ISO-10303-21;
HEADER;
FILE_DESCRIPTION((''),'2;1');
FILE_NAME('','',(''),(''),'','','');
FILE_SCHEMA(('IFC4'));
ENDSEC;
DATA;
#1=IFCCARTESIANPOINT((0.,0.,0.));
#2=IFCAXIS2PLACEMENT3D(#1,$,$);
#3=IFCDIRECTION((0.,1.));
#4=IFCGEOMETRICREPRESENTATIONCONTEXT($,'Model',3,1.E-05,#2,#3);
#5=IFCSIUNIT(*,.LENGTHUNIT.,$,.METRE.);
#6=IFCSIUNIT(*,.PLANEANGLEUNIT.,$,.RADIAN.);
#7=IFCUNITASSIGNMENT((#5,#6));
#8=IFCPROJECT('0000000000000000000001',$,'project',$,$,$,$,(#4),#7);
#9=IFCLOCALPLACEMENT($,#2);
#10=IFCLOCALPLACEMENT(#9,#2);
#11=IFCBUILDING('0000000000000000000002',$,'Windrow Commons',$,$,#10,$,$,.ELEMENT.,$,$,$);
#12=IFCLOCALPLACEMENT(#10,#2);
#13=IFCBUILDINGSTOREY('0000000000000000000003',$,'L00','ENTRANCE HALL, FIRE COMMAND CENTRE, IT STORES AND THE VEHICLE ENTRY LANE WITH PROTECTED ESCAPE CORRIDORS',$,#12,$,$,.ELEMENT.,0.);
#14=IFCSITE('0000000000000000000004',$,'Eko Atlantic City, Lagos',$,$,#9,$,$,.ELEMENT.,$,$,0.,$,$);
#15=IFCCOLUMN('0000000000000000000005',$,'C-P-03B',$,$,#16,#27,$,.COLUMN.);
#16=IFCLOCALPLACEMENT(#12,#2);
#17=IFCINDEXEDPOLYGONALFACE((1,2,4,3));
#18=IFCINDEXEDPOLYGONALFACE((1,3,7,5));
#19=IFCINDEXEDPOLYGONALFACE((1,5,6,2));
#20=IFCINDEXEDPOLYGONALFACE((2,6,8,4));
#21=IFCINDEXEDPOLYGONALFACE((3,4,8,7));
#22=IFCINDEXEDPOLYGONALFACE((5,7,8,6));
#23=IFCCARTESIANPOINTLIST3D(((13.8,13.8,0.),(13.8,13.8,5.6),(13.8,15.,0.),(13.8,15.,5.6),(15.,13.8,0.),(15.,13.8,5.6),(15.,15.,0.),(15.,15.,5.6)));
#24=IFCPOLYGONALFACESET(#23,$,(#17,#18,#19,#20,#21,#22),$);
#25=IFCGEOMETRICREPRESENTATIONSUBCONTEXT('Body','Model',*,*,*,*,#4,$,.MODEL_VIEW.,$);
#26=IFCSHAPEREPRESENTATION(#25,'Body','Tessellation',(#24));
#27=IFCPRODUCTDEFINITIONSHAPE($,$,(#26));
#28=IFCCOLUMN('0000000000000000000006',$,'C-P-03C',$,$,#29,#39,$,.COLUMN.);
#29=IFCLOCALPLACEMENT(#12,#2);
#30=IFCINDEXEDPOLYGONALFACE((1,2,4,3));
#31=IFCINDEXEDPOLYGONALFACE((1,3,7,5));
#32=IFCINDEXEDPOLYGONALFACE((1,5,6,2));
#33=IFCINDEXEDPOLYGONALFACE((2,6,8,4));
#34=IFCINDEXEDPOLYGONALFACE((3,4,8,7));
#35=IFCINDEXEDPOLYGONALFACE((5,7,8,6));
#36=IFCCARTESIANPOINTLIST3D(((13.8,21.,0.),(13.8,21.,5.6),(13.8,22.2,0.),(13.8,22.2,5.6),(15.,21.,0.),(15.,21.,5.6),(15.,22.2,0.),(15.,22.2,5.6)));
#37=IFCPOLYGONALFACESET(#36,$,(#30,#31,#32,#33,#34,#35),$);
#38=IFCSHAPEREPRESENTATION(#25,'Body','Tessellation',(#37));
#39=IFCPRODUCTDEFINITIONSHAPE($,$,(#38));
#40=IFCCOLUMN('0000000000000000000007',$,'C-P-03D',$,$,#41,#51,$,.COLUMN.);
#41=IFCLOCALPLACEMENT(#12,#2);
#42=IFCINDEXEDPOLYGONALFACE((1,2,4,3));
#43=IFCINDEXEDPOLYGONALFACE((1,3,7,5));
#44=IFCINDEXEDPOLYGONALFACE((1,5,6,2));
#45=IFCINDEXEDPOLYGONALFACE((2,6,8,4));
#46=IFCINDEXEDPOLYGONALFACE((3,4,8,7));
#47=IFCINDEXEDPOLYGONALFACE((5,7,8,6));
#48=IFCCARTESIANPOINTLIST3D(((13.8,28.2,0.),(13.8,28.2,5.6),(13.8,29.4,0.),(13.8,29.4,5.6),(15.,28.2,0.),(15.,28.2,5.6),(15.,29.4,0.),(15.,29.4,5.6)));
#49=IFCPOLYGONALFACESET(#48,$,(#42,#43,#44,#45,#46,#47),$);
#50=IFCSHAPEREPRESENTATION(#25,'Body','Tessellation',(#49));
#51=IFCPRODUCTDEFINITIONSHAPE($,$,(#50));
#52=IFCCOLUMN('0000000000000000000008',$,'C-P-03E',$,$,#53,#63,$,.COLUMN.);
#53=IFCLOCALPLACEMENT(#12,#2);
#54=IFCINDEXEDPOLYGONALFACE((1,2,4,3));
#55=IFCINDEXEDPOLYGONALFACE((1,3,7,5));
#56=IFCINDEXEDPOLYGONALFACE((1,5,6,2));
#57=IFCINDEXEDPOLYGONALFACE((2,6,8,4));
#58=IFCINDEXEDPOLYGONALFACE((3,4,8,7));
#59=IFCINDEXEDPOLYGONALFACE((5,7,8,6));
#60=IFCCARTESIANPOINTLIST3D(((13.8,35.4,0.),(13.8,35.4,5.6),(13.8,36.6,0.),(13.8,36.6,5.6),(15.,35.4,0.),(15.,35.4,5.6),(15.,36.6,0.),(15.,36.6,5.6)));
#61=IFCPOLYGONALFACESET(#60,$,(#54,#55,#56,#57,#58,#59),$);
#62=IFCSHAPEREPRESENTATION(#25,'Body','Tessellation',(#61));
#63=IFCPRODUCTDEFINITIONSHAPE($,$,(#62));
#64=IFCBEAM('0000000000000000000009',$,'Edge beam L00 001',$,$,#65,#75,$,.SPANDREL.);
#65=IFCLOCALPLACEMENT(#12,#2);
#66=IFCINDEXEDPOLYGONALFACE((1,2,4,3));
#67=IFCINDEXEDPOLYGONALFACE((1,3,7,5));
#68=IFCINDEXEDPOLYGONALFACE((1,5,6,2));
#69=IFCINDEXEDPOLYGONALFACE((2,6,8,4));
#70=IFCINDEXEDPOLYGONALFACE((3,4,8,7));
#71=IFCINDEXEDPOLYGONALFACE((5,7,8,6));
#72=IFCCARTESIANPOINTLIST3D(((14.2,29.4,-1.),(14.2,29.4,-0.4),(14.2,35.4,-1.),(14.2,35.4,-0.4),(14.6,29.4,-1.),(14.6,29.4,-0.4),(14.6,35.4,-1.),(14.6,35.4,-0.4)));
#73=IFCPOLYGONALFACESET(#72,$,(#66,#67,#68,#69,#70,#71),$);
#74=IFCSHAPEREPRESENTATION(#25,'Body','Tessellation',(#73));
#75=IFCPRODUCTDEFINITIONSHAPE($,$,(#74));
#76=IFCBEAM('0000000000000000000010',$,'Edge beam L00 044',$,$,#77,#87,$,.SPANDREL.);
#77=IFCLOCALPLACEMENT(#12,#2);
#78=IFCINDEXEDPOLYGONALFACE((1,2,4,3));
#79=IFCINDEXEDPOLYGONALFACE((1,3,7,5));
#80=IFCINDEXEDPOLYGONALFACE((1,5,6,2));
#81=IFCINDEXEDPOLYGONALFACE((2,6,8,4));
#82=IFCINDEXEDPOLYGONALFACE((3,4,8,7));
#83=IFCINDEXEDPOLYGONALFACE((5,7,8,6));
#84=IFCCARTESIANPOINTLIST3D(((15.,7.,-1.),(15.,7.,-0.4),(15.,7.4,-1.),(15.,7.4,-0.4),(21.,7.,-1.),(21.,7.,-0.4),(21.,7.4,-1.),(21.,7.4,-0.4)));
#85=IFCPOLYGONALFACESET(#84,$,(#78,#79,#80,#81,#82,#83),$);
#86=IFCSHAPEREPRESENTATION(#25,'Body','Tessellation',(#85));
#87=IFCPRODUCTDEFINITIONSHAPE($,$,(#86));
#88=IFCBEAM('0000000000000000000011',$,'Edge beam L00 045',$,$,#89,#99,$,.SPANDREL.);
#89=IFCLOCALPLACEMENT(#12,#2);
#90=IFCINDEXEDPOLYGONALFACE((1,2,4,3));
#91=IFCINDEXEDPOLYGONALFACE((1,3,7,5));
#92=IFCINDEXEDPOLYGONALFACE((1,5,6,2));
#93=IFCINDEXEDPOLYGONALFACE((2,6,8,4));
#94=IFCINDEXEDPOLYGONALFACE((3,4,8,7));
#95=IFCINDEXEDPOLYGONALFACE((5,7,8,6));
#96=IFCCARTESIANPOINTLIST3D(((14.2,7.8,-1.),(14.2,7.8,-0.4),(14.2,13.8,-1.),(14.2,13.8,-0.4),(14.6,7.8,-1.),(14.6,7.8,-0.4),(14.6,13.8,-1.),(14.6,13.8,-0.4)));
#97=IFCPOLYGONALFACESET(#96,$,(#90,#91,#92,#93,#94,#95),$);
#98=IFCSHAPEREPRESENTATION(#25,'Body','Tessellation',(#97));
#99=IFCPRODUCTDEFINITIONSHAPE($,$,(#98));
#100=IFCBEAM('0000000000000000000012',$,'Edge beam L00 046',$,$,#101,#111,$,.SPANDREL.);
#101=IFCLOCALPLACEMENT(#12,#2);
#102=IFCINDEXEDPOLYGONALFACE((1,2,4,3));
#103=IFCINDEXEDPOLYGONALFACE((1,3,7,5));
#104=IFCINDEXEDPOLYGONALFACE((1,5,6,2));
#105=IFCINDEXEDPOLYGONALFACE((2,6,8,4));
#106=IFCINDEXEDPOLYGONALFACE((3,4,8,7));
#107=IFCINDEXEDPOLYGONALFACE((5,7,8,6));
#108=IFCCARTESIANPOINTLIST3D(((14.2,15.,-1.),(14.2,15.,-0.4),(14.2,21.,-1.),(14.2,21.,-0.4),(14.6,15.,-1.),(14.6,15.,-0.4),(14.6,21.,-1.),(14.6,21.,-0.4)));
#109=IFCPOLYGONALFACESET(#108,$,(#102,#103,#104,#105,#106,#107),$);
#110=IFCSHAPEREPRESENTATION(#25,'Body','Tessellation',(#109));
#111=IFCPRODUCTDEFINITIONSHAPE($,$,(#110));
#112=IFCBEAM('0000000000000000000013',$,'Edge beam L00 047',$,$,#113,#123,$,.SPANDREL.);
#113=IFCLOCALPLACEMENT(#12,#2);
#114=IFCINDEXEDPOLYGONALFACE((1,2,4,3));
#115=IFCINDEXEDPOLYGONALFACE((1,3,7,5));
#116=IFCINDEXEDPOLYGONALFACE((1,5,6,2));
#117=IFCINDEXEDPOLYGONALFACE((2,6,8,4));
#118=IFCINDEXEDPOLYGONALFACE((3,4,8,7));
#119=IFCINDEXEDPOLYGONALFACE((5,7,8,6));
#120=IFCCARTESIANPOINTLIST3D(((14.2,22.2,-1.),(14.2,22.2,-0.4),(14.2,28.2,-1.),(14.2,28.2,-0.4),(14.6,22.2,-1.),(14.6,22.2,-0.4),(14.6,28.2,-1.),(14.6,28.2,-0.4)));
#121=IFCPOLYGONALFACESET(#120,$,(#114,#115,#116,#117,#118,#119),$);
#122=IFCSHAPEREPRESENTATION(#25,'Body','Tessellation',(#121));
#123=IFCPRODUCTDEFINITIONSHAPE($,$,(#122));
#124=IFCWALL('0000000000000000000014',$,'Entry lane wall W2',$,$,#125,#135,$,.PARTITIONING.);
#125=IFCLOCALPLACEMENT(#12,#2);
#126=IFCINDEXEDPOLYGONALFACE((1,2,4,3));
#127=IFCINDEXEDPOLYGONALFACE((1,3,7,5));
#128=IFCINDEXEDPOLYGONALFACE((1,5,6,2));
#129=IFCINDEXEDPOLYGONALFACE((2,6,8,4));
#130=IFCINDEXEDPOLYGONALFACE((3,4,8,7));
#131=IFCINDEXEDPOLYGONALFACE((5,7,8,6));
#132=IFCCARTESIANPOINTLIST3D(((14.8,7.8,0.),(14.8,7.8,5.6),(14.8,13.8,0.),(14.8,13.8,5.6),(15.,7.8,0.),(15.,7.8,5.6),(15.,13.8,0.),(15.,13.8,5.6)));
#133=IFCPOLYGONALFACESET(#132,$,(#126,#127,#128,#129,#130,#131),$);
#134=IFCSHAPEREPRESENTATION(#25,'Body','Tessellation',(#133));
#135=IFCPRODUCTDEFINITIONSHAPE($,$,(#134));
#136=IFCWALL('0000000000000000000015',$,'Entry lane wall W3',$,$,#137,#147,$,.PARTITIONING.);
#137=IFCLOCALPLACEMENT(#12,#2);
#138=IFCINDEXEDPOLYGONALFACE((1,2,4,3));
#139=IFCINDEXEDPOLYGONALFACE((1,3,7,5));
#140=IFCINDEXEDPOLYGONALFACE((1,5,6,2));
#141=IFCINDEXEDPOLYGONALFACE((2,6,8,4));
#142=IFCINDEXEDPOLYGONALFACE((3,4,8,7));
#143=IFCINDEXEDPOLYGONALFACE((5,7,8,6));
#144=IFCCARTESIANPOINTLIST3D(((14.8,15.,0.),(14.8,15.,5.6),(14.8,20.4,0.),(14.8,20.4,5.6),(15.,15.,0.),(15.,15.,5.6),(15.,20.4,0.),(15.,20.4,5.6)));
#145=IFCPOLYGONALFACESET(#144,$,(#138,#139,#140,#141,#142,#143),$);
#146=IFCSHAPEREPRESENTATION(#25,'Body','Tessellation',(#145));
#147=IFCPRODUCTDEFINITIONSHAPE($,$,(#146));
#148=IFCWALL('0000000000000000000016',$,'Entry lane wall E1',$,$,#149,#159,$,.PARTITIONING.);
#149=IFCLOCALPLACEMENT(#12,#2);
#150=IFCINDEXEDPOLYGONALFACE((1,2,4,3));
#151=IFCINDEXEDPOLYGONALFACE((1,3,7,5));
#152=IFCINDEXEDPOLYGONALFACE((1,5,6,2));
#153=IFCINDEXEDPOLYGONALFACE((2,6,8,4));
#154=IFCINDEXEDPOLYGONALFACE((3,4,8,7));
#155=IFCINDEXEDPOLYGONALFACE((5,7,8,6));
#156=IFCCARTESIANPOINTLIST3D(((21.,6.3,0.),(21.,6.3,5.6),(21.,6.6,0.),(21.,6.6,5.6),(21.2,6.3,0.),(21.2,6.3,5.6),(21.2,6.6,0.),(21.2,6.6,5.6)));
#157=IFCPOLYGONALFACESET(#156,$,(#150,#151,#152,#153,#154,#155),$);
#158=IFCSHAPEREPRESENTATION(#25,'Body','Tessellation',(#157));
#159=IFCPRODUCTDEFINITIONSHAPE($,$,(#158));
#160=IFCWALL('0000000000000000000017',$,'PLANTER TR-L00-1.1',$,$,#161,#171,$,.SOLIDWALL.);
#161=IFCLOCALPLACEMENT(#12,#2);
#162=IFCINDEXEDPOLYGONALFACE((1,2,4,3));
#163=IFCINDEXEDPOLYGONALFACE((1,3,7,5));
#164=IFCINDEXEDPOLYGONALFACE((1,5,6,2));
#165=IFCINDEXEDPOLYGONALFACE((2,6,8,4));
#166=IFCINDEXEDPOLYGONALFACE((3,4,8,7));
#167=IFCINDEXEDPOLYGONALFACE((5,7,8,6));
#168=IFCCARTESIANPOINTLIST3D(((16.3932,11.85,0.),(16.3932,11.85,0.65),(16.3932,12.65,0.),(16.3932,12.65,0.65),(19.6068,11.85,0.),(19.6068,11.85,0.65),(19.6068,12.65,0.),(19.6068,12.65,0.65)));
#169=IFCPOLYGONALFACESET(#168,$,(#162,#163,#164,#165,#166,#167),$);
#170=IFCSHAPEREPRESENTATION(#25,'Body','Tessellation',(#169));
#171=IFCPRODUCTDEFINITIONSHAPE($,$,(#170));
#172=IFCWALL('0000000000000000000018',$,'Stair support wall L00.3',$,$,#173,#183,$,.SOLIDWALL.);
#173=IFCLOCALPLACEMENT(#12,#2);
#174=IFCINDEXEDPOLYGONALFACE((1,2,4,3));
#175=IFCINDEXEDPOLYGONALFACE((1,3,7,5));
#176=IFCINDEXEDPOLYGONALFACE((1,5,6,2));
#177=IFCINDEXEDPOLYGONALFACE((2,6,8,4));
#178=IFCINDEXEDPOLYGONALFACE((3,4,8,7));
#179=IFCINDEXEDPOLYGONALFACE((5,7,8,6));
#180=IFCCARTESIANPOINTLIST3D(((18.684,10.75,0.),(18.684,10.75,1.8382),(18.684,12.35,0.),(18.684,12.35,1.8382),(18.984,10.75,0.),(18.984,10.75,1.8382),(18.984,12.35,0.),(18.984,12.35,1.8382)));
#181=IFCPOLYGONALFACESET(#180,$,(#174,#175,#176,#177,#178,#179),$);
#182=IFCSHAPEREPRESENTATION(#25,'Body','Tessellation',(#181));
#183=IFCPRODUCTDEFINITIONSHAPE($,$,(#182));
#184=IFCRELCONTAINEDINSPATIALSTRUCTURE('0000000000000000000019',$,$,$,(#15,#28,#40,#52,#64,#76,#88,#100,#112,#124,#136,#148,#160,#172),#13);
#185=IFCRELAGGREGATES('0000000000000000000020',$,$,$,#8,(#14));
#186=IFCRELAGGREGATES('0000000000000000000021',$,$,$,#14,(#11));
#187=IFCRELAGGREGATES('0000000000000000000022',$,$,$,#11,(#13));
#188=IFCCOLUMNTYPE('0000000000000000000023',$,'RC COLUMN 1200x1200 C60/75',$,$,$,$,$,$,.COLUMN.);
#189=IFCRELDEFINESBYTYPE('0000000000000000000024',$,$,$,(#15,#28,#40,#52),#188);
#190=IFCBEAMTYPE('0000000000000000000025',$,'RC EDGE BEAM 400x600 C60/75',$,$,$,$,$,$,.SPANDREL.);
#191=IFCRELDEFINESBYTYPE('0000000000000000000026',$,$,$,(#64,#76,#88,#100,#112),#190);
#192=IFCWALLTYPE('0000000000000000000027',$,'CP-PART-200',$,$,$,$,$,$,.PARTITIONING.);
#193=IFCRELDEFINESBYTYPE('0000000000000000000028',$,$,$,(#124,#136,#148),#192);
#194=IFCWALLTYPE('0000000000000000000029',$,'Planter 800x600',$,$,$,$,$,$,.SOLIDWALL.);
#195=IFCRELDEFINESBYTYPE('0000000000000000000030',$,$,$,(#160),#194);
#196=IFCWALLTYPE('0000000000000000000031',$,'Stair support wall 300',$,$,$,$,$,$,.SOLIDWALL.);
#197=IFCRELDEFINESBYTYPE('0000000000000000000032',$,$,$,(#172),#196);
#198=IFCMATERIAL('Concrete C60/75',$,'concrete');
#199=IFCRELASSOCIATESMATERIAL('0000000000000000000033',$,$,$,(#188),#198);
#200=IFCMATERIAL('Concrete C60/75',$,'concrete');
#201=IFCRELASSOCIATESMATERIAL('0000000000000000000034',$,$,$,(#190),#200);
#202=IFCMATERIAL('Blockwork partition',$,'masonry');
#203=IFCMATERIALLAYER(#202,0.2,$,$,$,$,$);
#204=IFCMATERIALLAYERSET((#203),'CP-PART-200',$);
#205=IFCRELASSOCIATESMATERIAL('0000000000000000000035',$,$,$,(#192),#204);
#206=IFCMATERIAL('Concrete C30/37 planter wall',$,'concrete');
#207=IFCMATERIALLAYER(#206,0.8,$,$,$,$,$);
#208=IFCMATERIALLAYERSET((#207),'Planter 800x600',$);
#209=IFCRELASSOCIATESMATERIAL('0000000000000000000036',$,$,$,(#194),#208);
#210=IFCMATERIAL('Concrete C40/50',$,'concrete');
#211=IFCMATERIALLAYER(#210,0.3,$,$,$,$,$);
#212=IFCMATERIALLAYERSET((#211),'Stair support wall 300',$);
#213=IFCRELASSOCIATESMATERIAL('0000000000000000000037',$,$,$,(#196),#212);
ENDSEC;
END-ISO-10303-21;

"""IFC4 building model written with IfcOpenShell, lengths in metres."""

from ifc_helpers import new_model, si_unit, direction, frame, frame_2d, origin, origin_2d, place, context, subcontext, project, spatial, polyline, rectangle, outline, extrude, material, layer, layer_set, material_profile, profile_set, type_object, element, save


model = new_model("IFC4")

# Units and contexts
model_context = context("Model", 3, precision=1e-05, world=origin(), true_north=direction((0.0, 1.0)))
body_context = subcontext(model_context, "Body", "Model", "MODEL_VIEW")
ifc_project = project(units=[si_unit("LENGTHUNIT", "METRE"), si_unit("PLANEANGLEUNIT", "RADIAN")], contexts=[model_context])

# Site, building, storey
site_placement = place(None, origin())
site = spatial("IfcSite", under=ifc_project, at=site_placement, Name="Eko Atlantic City, Lagos", CompositionType="ELEMENT", RefElevation=0.0)
building_placement = place(site_placement, origin())
building = spatial("IfcBuilding", under=site, at=building_placement, Name="Windrow Commons", CompositionType="ELEMENT")
storey_placement = place(building_placement, origin())
storey = spatial("IfcBuildingStorey", under=building, at=storey_placement, Name="L00", Description="ENTRANCE HALL, FIRE COMMAND CENTRE, IT STORES AND THE VEHICLE ENTRY LANE WITH PROTECTED ESCAPE CORRIDORS", CompositionType="ELEMENT", Elevation=0.0)

# Columns
ifc_material_1 = material(Name="Concrete C60/75", Category="concrete")
ifc_material_profile_1 = material_profile(ifc_material_1, rectangle(XDim=1.2, YDim=1.2, at=origin_2d()))
ifc_profile_set_1 = profile_set([ifc_material_profile_1], Name="Concrete C60/75")
column_type = type_object("IfcColumnType", Name="RC COLUMN 1200x1200 C60/75", PredefinedType="COLUMN", material=ifc_profile_set_1)
for number, where, z_axis, x_axis, name in (
    (1, (14.4, 14.4, 0.0), (0.0, 0.0, 1.0), (1.0, 0.0, 0.0), "C-P-03B"),
    (2, (14.4, 21.6, 0.0), (0.0, 0.0, 1.0), (1.0, 0.0, 0.0), "C-P-03C"),
    (3, (14.4, 28.8, 0.0), (0.0, 0.0, 1.0), (1.0, 0.0, 0.0), "C-P-03D"),
    (4, (14.4, 36.0, 0.0), (0.0, 0.0, 1.0), (1.0, 0.0, 0.0), "C-P-03E"),
):
    element("IfcColumn", number, at=place(storey_placement, frame(where, z_axis=z_axis, x_axis=x_axis)), inside=storey, type_object=column_type, Name=name, PredefinedType="COLUMN", context=body_context, shape_type="SweptSolid", body=[
        extrude(rectangle(XDim=1.2, YDim=1.2, at=origin_2d()), origin(), (0.0, 0.0, 1.0), 5.6),
    ])

# Beams
ifc_material_2 = material(Name="Concrete C60/75", Category="concrete")
ifc_material_profile_2 = material_profile(ifc_material_2, rectangle(XDim=0.4, YDim=0.6, at=origin_2d()))
ifc_profile_set_2 = profile_set([ifc_material_profile_2], Name="Concrete C60/75")
beam_type = type_object("IfcBeamType", Name="RC EDGE BEAM 400x600 C60/75", PredefinedType="SPANDREL", material=ifc_profile_set_2)
for number, where, z_axis, x_axis, name in (
    (5, (14.4, 29.4, -0.7), (0.0, 1.0, 0.0), (-1.0, 0.0, 0.0), "Edge beam L00 001"),
    (6, (21.0, 7.2, -0.7), (-1.0, 0.0, 0.0), (0.0, -1.0, 0.0), "Edge beam L00 044"),
    (7, (14.4, 7.8, -0.7), (0.0, 1.0, 0.0), (-1.0, 0.0, 0.0), "Edge beam L00 045"),
    (8, (14.4, 15.0, -0.7), (0.0, 1.0, 0.0), (-1.0, 0.0, 0.0), "Edge beam L00 046"),
    (9, (14.4, 22.2, -0.7), (0.0, 1.0, 0.0), (-1.0, 0.0, 0.0), "Edge beam L00 047"),
):
    element("IfcBeam", number, at=place(storey_placement, frame(where, z_axis=z_axis, x_axis=x_axis)), inside=storey, type_object=beam_type, Name=name, PredefinedType="SPANDREL", context=body_context, shape_type="SweptSolid", body=[
        extrude(rectangle(XDim=0.4, YDim=0.6, at=origin_2d()), origin(), (0.0, 0.0, 1.0), 6.0),
    ])

# Walls
ifc_material_3 = material(Name="Blockwork partition", Category="masonry")
ifc_layer_1 = layer(ifc_material_3, 0.2)
ifc_layer_set_1 = layer_set([ifc_layer_1], Name="CP-PART-200")
wall_type_1 = type_object("IfcWallType", Name="CP-PART-200", PredefinedType="PARTITIONING", material=ifc_layer_set_1)
wall_1_placement = place(storey_placement, frame((14.9, 7.8, 0.0), z_axis=(0.0, 0.0, 1.0), x_axis=(0.0, 1.0, 0.0)))
element("IfcWall", 10, at=wall_1_placement, inside=storey, type_object=wall_type_1, Name="Entry lane wall W2", PredefinedType="PARTITIONING", context=body_context, shape_type="SweptSolid", body=[
    extrude(rectangle(XDim=6.0, YDim=0.2, at=frame_2d((3.0, 0.0))), origin(), (0.0, 0.0, 1.0), 5.6),
])
wall_2_placement = place(storey_placement, frame((14.9, 15.0, 0.0), z_axis=(0.0, 0.0, 1.0), x_axis=(0.0, 1.0, 0.0)))
element("IfcWall", 11, at=wall_2_placement, inside=storey, type_object=wall_type_1, Name="Entry lane wall W3", PredefinedType="PARTITIONING", context=body_context, shape_type="SweptSolid", body=[
    extrude(rectangle(XDim=5.4, YDim=0.2, at=frame_2d((2.7, 0.0))), origin(), (0.0, 0.0, 1.0), 5.6),
])
wall_3_placement = place(storey_placement, frame((21.1, 6.3, 0.0), z_axis=(0.0, 0.0, 1.0), x_axis=(0.0, 1.0, 0.0)))
element("IfcWall", 12, at=wall_3_placement, inside=storey, type_object=wall_type_1, Name="Entry lane wall E1", PredefinedType="PARTITIONING", context=body_context, shape_type="SweptSolid", body=[
    extrude(rectangle(XDim=0.3, YDim=0.2, at=frame_2d((0.15, 0.0))), origin(), (0.0, 0.0, 1.0), 5.6),
])
ifc_material_4 = material(Name="Concrete C30/37 planter wall", Category="concrete")
ifc_layer_2 = layer(ifc_material_4, 0.8)
ifc_layer_set_2 = layer_set([ifc_layer_2], Name="Planter 800x600")
wall_type_2 = type_object("IfcWallType", Name="Planter 800x600", PredefinedType="SOLIDWALL", material=ifc_layer_set_2)
wall_4_placement = place(storey_placement, frame((19.6068, 12.25, 0.0), z_axis=(0.0, 0.0, 1.0), x_axis=(-1.0, 0.0, 0.0)))
element("IfcWall", 13, at=wall_4_placement, inside=storey, type_object=wall_type_2, Name="PLANTER TR-L00-1.1", PredefinedType="SOLIDWALL", context=body_context, shape_type="SweptSolid", body=[
    extrude(outline(polyline([(0.0, -0.4), (3.2136, -0.4), (3.2136, 0.4), (0.0, 0.4), (0.0, -0.4)])), origin(), (0.0, 0.0, 1.0), 0.65),
])
ifc_material_5 = material(Name="Concrete C40/50", Category="concrete")
ifc_layer_3 = layer(ifc_material_5, 0.3)
ifc_layer_set_3 = layer_set([ifc_layer_3], Name="Stair support wall 300")
wall_type_3 = type_object("IfcWallType", Name="Stair support wall 300", PredefinedType="SOLIDWALL", material=ifc_layer_set_3)
wall_5_placement = place(storey_placement, frame((18.834, 12.35, 0.0), z_axis=(0.0, 0.0, 1.0), x_axis=(0.0, -1.0, 0.0)))
element("IfcWall", 14, at=wall_5_placement, inside=storey, type_object=wall_type_3, Name="Stair support wall L00.3", PredefinedType="SOLIDWALL", context=body_context, shape_type="SweptSolid", body=[
    extrude(rectangle(XDim=1.6, YDim=0.3, at=frame_2d((0.8, 0.0))), origin(), (0.0, 0.0, 1.0), 1.8382),
])

save(model, "model.ifc")
